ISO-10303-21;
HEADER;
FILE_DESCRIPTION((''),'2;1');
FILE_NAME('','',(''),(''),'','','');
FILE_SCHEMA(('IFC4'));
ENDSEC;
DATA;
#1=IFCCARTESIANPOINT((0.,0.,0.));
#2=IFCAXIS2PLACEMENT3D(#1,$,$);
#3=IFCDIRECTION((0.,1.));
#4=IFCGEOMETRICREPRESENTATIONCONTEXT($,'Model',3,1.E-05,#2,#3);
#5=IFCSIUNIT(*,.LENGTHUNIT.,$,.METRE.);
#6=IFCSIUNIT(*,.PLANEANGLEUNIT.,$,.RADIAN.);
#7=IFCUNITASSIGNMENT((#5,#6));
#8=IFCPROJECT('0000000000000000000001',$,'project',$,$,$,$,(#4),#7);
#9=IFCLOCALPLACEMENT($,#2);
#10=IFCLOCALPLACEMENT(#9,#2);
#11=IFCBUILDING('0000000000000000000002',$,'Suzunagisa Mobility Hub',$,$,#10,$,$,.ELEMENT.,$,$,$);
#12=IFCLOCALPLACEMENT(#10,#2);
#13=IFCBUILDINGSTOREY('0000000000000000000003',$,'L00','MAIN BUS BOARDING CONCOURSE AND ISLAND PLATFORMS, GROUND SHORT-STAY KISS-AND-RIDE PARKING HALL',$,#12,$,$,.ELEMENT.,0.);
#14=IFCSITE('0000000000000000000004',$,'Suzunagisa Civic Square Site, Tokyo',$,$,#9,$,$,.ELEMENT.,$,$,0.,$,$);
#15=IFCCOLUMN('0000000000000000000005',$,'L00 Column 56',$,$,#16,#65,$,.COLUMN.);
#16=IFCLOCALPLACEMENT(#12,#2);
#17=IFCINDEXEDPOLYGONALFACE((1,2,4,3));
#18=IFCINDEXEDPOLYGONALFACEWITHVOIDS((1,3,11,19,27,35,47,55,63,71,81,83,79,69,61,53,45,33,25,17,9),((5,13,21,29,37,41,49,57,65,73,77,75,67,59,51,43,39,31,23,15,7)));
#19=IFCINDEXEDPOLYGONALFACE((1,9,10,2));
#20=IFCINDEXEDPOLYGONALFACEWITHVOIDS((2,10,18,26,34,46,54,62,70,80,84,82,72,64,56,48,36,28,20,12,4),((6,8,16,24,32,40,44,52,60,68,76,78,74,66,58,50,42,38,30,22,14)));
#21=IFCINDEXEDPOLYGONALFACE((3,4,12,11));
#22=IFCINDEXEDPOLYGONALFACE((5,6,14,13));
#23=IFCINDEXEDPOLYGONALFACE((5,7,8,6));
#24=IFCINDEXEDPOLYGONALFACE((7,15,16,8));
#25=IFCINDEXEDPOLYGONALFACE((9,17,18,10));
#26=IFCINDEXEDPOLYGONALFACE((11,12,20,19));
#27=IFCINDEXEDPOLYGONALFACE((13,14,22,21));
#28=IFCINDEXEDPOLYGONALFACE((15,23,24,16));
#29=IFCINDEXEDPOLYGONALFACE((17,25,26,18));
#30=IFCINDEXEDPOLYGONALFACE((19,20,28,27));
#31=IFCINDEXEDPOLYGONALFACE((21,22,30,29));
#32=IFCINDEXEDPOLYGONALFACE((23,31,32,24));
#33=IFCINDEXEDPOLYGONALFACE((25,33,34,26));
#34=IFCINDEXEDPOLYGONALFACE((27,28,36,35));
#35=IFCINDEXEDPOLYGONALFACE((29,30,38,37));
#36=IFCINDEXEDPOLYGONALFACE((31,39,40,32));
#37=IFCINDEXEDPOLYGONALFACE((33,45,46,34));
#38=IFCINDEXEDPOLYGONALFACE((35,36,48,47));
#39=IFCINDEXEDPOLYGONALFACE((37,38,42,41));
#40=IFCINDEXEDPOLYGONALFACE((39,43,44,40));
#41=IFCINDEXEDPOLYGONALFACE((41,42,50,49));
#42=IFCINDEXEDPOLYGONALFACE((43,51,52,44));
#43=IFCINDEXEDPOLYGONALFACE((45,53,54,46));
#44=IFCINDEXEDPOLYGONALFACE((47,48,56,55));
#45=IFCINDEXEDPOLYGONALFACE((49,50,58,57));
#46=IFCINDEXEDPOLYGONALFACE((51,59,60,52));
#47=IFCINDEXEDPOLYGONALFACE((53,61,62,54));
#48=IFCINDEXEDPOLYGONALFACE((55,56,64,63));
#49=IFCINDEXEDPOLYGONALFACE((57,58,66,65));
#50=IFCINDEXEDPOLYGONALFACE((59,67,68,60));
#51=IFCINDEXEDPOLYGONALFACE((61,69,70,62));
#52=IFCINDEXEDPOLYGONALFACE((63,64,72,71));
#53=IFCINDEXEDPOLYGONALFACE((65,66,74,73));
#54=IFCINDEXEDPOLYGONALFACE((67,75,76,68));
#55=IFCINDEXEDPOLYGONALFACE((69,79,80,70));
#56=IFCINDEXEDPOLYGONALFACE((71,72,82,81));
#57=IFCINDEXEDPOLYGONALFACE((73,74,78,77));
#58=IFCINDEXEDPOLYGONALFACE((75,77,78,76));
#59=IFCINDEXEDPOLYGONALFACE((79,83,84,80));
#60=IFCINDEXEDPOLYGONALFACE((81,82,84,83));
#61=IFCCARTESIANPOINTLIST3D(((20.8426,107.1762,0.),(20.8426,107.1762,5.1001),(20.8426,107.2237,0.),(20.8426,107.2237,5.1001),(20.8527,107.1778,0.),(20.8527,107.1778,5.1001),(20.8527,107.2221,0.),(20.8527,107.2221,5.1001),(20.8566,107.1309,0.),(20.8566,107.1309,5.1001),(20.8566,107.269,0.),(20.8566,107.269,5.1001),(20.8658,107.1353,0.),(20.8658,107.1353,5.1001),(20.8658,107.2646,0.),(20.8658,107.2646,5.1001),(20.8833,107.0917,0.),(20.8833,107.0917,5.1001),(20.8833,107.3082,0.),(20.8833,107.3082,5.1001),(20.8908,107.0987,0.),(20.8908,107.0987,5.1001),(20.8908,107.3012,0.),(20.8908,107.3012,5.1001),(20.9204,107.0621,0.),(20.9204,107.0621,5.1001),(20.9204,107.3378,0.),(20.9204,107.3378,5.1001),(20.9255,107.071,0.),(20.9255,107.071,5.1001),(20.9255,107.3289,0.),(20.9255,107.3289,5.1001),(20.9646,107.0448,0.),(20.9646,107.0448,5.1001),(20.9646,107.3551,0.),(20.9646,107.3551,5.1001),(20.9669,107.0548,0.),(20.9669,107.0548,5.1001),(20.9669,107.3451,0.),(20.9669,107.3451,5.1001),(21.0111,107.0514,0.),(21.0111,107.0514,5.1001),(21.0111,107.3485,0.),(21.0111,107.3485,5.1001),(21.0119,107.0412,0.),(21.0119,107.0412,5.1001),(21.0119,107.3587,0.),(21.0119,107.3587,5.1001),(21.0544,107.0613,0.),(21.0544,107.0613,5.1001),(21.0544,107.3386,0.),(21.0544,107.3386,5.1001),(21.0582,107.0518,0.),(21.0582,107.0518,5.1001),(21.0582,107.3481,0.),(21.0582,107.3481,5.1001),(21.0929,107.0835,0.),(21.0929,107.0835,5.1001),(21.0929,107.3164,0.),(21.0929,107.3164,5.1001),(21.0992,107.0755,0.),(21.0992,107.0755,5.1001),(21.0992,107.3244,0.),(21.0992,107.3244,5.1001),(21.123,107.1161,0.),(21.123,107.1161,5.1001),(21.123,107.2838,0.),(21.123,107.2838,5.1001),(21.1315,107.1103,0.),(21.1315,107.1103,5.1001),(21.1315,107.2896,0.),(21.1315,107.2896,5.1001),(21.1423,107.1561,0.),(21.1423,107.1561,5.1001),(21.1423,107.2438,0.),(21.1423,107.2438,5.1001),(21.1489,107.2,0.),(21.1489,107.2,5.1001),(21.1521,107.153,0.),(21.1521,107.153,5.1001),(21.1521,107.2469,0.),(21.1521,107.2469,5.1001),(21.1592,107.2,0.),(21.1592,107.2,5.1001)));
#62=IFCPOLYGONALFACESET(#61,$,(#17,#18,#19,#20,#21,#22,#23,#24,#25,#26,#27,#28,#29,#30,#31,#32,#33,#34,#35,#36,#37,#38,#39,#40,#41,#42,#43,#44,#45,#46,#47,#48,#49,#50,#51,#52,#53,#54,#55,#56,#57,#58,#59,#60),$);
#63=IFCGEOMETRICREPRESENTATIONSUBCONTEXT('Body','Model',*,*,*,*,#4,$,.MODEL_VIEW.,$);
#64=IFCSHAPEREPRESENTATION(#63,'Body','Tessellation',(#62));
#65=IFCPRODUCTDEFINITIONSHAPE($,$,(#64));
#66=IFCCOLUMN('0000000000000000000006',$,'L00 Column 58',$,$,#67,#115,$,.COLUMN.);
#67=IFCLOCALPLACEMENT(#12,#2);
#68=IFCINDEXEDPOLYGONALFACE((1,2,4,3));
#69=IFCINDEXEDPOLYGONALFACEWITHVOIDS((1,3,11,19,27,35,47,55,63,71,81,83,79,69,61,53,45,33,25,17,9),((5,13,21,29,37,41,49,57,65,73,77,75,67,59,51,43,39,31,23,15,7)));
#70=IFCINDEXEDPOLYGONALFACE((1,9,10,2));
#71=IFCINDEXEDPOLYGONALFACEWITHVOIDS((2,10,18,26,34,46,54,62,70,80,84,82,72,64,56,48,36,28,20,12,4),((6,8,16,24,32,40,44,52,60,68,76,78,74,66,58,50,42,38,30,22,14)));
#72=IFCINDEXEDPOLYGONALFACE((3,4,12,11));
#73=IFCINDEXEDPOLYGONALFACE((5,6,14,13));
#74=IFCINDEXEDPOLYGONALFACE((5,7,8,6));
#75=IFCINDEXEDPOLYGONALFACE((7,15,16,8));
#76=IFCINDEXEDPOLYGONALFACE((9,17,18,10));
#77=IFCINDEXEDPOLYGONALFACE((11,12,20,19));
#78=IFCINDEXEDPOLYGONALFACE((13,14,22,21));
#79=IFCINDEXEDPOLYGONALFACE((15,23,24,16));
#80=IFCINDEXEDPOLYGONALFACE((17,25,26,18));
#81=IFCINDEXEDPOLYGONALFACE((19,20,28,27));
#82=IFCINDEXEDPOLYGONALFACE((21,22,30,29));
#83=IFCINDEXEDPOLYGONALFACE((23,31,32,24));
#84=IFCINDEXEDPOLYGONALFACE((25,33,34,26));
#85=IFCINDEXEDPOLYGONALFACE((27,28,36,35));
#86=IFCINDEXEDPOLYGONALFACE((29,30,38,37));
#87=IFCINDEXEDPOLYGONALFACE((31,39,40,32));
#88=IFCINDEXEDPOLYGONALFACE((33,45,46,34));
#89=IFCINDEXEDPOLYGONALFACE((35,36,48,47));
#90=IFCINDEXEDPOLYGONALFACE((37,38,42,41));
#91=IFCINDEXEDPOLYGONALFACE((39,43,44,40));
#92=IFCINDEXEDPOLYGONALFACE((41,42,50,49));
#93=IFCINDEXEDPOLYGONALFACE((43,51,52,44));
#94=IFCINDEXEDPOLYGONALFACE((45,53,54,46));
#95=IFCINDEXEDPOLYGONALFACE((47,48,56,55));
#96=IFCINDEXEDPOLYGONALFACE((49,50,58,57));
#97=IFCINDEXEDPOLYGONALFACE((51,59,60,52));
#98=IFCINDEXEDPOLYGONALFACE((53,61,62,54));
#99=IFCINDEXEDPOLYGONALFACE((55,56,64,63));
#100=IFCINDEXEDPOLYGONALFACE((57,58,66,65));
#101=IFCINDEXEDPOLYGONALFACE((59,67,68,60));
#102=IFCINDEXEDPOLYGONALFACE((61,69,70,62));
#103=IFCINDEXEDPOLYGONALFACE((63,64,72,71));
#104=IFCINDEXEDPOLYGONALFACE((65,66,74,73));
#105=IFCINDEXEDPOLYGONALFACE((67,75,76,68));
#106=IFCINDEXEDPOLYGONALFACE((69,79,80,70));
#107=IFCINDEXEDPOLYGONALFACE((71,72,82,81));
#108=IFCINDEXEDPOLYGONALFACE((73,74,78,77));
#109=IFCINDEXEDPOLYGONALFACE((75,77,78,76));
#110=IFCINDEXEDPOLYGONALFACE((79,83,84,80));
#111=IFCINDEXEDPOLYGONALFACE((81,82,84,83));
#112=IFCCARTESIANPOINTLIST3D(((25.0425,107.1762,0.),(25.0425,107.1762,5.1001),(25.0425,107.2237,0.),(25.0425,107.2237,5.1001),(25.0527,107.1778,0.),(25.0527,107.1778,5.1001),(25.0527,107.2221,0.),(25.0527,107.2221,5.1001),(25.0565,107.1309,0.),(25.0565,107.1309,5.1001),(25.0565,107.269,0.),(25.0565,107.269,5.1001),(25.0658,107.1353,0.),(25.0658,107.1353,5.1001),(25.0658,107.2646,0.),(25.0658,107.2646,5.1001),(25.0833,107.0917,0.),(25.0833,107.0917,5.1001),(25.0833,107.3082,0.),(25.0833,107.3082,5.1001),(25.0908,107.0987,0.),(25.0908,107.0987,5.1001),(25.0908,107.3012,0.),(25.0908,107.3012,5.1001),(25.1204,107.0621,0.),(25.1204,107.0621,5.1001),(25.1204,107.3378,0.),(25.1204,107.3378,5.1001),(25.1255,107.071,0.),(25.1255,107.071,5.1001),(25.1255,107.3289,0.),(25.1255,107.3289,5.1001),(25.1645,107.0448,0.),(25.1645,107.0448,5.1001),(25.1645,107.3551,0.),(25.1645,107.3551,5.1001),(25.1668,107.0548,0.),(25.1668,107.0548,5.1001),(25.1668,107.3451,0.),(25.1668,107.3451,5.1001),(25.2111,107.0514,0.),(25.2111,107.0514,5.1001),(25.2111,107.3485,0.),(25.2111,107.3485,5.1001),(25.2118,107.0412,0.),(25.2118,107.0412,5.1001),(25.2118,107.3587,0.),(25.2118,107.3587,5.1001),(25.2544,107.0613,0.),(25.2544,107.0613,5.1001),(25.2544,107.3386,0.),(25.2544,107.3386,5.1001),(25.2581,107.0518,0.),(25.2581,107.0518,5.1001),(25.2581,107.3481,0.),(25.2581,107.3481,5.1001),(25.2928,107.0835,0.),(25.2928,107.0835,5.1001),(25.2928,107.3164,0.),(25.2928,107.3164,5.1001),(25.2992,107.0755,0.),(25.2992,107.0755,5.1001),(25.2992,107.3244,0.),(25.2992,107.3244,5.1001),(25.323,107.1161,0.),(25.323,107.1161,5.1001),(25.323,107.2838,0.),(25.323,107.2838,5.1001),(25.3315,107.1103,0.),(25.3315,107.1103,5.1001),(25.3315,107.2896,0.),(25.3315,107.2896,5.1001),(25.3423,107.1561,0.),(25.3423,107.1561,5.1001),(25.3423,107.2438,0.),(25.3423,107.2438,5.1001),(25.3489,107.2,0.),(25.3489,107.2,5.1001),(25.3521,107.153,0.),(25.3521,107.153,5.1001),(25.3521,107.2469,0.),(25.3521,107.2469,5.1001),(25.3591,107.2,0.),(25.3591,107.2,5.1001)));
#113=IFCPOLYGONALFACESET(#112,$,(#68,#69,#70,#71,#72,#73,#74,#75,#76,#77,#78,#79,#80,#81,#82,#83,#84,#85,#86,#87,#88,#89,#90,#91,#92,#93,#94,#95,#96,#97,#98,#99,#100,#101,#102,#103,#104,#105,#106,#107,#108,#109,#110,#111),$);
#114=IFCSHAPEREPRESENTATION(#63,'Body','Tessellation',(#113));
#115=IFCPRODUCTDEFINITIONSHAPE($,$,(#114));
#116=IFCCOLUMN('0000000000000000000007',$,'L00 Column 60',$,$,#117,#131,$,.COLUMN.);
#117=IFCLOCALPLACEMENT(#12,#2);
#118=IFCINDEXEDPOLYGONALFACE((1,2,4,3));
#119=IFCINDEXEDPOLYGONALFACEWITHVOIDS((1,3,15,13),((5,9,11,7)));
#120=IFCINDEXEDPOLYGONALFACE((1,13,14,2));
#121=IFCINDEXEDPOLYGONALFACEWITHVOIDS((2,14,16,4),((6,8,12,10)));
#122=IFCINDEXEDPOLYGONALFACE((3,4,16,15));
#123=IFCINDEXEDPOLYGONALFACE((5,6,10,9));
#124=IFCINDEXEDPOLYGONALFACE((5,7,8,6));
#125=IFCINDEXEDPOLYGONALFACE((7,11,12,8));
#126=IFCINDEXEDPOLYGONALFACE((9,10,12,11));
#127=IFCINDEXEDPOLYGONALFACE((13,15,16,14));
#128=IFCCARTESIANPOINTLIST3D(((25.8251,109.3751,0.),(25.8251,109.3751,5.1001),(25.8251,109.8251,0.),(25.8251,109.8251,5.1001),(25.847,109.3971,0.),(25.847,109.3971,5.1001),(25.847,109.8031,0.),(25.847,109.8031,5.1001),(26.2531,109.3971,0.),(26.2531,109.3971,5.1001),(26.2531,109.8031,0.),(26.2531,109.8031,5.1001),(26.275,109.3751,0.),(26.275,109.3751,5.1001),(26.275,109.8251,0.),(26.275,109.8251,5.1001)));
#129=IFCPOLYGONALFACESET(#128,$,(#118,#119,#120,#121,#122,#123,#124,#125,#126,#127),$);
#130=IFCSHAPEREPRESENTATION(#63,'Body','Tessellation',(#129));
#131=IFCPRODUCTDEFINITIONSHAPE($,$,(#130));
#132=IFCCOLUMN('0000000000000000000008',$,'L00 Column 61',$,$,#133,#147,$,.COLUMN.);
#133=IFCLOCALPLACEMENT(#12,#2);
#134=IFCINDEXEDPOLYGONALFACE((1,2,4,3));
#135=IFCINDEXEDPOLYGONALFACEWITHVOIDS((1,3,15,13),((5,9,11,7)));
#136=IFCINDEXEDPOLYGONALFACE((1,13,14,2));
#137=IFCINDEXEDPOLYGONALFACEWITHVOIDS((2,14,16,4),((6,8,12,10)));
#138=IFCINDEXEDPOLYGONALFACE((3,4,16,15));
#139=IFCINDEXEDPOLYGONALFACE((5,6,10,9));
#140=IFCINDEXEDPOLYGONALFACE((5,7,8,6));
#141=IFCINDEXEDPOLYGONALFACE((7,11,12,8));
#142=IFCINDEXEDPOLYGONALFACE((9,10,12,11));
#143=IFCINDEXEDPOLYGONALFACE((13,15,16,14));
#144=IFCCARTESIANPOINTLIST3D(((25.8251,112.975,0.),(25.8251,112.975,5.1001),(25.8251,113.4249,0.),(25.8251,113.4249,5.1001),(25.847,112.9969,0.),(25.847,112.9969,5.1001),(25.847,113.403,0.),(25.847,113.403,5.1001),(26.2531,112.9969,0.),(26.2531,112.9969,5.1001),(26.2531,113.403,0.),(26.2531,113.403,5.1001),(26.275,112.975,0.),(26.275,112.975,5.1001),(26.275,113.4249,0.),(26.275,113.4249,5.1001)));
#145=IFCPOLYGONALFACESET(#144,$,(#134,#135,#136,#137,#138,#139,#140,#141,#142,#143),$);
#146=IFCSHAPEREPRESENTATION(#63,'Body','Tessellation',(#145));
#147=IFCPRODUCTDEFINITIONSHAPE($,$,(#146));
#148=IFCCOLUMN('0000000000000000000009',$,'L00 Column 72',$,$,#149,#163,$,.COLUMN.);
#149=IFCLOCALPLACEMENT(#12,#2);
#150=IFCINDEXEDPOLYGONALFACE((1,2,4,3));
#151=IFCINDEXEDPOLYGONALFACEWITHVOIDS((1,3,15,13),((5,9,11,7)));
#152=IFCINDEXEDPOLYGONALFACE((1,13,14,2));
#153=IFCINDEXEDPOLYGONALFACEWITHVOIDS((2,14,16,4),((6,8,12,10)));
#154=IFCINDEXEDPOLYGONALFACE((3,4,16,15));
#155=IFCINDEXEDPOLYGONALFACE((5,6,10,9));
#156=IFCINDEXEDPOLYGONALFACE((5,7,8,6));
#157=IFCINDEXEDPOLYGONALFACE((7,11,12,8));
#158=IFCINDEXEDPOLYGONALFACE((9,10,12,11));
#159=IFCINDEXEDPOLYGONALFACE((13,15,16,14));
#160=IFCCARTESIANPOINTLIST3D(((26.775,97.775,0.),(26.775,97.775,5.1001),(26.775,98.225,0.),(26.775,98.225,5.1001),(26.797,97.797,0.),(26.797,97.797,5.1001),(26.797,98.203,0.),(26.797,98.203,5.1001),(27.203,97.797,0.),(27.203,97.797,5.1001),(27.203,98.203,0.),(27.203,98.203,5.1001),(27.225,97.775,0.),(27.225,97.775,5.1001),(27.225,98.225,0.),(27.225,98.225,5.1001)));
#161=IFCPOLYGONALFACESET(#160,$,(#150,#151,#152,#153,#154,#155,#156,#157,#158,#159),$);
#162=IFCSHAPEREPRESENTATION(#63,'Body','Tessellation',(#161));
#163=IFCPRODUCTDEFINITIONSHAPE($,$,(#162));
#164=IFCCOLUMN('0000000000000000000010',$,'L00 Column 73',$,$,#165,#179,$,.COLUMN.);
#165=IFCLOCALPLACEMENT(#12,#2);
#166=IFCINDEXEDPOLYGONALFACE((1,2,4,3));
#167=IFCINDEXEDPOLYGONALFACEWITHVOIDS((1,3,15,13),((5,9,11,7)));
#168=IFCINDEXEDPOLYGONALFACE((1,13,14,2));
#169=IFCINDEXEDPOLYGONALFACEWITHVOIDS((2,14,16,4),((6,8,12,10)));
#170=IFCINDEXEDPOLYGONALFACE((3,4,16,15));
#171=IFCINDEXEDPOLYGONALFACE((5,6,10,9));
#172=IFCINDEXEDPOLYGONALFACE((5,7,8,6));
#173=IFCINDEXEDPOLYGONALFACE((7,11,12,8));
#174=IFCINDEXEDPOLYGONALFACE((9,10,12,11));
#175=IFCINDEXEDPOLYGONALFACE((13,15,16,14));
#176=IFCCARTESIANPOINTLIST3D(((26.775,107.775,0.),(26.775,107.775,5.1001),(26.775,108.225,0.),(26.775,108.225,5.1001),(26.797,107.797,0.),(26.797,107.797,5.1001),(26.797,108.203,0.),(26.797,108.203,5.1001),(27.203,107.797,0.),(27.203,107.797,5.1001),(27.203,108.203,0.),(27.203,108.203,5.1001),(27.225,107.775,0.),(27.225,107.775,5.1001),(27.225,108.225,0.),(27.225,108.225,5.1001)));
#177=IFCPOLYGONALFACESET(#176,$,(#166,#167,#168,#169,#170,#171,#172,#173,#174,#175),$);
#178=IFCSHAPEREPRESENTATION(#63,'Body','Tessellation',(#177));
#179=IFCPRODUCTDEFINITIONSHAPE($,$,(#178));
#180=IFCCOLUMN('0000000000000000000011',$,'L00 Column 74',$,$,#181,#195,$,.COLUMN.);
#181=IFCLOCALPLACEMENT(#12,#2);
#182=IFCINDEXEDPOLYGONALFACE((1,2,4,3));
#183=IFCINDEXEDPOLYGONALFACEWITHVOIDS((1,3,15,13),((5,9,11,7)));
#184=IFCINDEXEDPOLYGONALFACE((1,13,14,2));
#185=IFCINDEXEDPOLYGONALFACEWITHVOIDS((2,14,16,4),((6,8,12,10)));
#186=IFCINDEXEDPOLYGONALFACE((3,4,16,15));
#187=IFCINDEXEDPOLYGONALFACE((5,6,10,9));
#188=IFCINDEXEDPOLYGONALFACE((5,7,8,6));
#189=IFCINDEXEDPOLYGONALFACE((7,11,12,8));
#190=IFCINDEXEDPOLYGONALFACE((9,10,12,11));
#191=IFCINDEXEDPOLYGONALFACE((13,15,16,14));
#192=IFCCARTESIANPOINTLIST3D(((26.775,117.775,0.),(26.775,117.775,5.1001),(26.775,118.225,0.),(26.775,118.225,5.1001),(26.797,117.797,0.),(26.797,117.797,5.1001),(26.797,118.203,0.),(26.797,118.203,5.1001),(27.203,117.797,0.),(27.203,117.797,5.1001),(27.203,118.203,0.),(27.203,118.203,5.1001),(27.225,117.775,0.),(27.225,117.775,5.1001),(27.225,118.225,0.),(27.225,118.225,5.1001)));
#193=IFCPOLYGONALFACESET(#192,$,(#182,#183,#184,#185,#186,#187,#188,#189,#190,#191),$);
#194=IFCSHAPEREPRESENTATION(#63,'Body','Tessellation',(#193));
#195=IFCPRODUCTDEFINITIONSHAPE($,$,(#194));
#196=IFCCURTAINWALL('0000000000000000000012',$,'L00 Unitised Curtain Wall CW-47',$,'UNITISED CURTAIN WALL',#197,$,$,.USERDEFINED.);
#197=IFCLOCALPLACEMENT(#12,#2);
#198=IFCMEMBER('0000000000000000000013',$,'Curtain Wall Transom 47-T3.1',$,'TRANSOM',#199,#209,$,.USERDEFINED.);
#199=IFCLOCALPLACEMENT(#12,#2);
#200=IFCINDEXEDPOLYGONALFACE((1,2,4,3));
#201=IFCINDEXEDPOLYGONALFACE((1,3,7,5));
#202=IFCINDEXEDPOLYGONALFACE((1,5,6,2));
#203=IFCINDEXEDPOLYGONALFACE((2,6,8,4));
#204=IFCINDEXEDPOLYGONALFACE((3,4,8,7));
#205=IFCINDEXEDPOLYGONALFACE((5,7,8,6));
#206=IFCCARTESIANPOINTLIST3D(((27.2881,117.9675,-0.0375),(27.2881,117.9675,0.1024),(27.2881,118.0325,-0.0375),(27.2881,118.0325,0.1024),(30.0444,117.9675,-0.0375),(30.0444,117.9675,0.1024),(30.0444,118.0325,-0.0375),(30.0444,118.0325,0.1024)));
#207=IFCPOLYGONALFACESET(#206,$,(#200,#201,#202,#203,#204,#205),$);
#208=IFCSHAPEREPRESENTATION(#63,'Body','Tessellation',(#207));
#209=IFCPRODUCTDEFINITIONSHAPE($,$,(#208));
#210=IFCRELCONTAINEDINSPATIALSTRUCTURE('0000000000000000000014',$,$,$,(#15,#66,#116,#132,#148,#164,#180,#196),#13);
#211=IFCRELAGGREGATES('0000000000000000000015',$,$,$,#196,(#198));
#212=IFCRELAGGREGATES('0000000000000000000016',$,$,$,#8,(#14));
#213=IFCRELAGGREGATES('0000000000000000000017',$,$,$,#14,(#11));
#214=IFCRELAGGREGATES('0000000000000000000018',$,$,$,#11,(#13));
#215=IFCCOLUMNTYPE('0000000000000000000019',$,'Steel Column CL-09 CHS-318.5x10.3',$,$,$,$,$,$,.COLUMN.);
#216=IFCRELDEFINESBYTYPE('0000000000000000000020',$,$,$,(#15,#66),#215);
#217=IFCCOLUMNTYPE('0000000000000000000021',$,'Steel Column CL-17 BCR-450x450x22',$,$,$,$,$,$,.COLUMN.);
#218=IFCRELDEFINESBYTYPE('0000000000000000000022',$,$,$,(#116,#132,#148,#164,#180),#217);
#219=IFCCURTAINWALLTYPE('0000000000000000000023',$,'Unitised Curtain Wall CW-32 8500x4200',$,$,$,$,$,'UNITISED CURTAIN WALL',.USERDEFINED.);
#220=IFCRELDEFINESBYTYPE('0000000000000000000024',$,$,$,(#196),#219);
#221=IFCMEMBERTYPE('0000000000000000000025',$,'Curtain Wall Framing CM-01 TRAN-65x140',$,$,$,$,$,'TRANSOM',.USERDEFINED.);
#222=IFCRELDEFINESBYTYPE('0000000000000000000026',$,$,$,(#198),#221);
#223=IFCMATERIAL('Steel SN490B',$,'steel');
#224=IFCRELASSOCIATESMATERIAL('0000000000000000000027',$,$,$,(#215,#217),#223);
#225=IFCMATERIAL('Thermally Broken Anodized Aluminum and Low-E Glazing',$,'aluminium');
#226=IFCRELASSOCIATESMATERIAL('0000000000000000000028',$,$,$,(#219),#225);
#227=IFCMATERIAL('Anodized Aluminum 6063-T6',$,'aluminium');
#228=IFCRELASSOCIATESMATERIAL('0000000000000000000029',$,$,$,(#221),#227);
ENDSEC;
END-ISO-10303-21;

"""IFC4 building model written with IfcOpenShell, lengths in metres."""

from ifc_helpers import new_model, si_unit, direction, frame, origin, origin_2d, place, context, subcontext, project, spatial, rectangle, hollow_rectangle, hollow_circle, extrude, material, material_profile, profile_set, type_object, element, aggregate, save


model = new_model("IFC4")

# Units and contexts
model_context = context("Model", 3, precision=1e-05, world=origin(), true_north=direction((0.0, 1.0)))
body_context = subcontext(model_context, "Body", "Model", "MODEL_VIEW")
ifc_project = project(units=[si_unit("LENGTHUNIT", "METRE"), si_unit("PLANEANGLEUNIT", "RADIAN")], contexts=[model_context])

# Site, building, storey
site_placement = place(None, origin())
site = spatial("IfcSite", under=ifc_project, at=site_placement, Name="Suzunagisa Civic Square Site, Tokyo", CompositionType="ELEMENT", RefElevation=0.0)
building_placement = place(site_placement, origin())
building = spatial("IfcBuilding", under=site, at=building_placement, Name="Suzunagisa Mobility Hub", CompositionType="ELEMENT")
storey_placement = place(building_placement, origin())
storey = spatial("IfcBuildingStorey", under=building, at=storey_placement, Name="L00", Description="MAIN BUS BOARDING CONCOURSE AND ISLAND PLATFORMS, GROUND SHORT-STAY KISS-AND-RIDE PARKING HALL", CompositionType="ELEMENT", Elevation=0.0)

# Columns
ifc_material_1 = material(Name="Steel SN490B", Category="steel")
ifc_material_profile_1 = material_profile(ifc_material_1, hollow_circle(Radius=0.1592, WallThickness=0.0103, at=origin_2d()), Name="CHS-318.5x10.3")
ifc_profile_set_1 = profile_set([ifc_material_profile_1], Name="Steel SN490B")
column_type_1 = type_object("IfcColumnType", Name="Steel Column CL-09 CHS-318.5x10.3", PredefinedType="COLUMN", material=ifc_profile_set_1)
for number, where, z_axis, x_axis, name in (
    (1, (21.0, 107.2, 0.0), (0.0, 0.0, 1.0), (1.0, 0.0, 0.0), "L00 Column 56"),
    (2, (25.2, 107.2, 0.0), (0.0, 0.0, 1.0), (1.0, 0.0, 0.0), "L00 Column 58"),
):
    element("IfcColumn", number, at=place(storey_placement, frame(where, z_axis=z_axis, x_axis=x_axis)), inside=storey, type_object=column_type_1, Name=name, PredefinedType="COLUMN", context=body_context, shape_type="SweptSolid", body=[
        extrude(hollow_circle(Radius=0.1592, WallThickness=0.0103, at=origin_2d()), origin(), (0.0, 0.0, 1.0), 5.1001),
    ])
ifc_material_profile_2 = material_profile(ifc_material_1, hollow_rectangle(XDim=0.45, YDim=0.45, WallThickness=0.022, at=origin_2d()), Name="BCR-450x450x22")
ifc_profile_set_2 = profile_set([ifc_material_profile_2], Name="Steel SN490B")
column_type_2 = type_object("IfcColumnType", Name="Steel Column CL-17 BCR-450x450x22", PredefinedType="COLUMN", material=ifc_profile_set_2)
for number, where, z_axis, x_axis, name in (
    (3, (26.05, 109.6001, 0.0), (0.0, 0.0, 1.0), (1.0, 0.0, 0.0), "L00 Column 60"),
    (4, (26.05, 113.2, 0.0), (0.0, 0.0, 1.0), (1.0, 0.0, 0.0), "L00 Column 61"),
    (5, (27.0, 98.0, 0.0), (0.0, 0.0, 1.0), (1.0, 0.0, 0.0), "L00 Column 72"),
    (6, (27.0, 108.0, 0.0), (0.0, 0.0, 1.0), (1.0, 0.0, 0.0), "L00 Column 73"),
    (7, (27.0, 118.0, 0.0), (0.0, 0.0, 1.0), (1.0, 0.0, 0.0), "L00 Column 74"),
):
    element("IfcColumn", number, at=place(storey_placement, frame(where, z_axis=z_axis, x_axis=x_axis)), inside=storey, type_object=column_type_2, Name=name, PredefinedType="COLUMN", context=body_context, shape_type="SweptSolid", body=[
        extrude(hollow_rectangle(XDim=0.45, YDim=0.45, WallThickness=0.022, at=origin_2d()), origin(), (0.0, 0.0, 1.0), 5.1001),
    ])

# Curtain wall, member
ifc_material_2 = material(Name="Thermally Broken Anodized Aluminum and Low-E Glazing", Category="aluminium")
curtain_wall_type = type_object("IfcCurtainWallType", Name="Unitised Curtain Wall CW-32 8500x4200", ElementType="UNITISED CURTAIN WALL", PredefinedType="USERDEFINED", material=ifc_material_2)
curtain_wall_placement = place(storey_placement, origin())
curtain_wall = element("IfcCurtainWall", 8, at=curtain_wall_placement, inside=storey, type_object=curtain_wall_type, Name="L00 Unitised Curtain Wall CW-47", ObjectType="UNITISED CURTAIN WALL", PredefinedType="USERDEFINED")
ifc_material_3 = material(Name="Anodized Aluminum 6063-T6", Category="aluminium")
ifc_material_profile_3 = material_profile(ifc_material_3, rectangle(XDim=0.0649, YDim=0.1399, at=origin_2d()), Name="TRAN-65x140")
ifc_profile_set_3 = profile_set([ifc_material_profile_3], Name="Anodized Aluminum 6063-T6")
member_type_1 = type_object("IfcMemberType", Name="Curtain Wall Framing CM-01 TRAN-65x140", ElementType="TRANSOM", PredefinedType="USERDEFINED", material=ifc_profile_set_3)
member_1_placement = place(storey_placement, frame((30.0444, 118.0, 0.0325), z_axis=(-1.0, 0.0, 0.0), x_axis=(0.0, -1.0, 0.0)))
member_1 = element("IfcMember", 9, at=member_1_placement, type_object=member_type_1, Name="Curtain Wall Transom 47-T3.1", ObjectType="TRANSOM", PredefinedType="USERDEFINED", context=body_context, shape_type="SweptSolid", body=[
    extrude(rectangle(XDim=0.0649, YDim=0.1399, at=origin_2d()), origin(), (0.0, 0.0, 1.0), 2.7563),
])

aggregate(curtain_wall, [member_1])

save(model, "model.ifc")
